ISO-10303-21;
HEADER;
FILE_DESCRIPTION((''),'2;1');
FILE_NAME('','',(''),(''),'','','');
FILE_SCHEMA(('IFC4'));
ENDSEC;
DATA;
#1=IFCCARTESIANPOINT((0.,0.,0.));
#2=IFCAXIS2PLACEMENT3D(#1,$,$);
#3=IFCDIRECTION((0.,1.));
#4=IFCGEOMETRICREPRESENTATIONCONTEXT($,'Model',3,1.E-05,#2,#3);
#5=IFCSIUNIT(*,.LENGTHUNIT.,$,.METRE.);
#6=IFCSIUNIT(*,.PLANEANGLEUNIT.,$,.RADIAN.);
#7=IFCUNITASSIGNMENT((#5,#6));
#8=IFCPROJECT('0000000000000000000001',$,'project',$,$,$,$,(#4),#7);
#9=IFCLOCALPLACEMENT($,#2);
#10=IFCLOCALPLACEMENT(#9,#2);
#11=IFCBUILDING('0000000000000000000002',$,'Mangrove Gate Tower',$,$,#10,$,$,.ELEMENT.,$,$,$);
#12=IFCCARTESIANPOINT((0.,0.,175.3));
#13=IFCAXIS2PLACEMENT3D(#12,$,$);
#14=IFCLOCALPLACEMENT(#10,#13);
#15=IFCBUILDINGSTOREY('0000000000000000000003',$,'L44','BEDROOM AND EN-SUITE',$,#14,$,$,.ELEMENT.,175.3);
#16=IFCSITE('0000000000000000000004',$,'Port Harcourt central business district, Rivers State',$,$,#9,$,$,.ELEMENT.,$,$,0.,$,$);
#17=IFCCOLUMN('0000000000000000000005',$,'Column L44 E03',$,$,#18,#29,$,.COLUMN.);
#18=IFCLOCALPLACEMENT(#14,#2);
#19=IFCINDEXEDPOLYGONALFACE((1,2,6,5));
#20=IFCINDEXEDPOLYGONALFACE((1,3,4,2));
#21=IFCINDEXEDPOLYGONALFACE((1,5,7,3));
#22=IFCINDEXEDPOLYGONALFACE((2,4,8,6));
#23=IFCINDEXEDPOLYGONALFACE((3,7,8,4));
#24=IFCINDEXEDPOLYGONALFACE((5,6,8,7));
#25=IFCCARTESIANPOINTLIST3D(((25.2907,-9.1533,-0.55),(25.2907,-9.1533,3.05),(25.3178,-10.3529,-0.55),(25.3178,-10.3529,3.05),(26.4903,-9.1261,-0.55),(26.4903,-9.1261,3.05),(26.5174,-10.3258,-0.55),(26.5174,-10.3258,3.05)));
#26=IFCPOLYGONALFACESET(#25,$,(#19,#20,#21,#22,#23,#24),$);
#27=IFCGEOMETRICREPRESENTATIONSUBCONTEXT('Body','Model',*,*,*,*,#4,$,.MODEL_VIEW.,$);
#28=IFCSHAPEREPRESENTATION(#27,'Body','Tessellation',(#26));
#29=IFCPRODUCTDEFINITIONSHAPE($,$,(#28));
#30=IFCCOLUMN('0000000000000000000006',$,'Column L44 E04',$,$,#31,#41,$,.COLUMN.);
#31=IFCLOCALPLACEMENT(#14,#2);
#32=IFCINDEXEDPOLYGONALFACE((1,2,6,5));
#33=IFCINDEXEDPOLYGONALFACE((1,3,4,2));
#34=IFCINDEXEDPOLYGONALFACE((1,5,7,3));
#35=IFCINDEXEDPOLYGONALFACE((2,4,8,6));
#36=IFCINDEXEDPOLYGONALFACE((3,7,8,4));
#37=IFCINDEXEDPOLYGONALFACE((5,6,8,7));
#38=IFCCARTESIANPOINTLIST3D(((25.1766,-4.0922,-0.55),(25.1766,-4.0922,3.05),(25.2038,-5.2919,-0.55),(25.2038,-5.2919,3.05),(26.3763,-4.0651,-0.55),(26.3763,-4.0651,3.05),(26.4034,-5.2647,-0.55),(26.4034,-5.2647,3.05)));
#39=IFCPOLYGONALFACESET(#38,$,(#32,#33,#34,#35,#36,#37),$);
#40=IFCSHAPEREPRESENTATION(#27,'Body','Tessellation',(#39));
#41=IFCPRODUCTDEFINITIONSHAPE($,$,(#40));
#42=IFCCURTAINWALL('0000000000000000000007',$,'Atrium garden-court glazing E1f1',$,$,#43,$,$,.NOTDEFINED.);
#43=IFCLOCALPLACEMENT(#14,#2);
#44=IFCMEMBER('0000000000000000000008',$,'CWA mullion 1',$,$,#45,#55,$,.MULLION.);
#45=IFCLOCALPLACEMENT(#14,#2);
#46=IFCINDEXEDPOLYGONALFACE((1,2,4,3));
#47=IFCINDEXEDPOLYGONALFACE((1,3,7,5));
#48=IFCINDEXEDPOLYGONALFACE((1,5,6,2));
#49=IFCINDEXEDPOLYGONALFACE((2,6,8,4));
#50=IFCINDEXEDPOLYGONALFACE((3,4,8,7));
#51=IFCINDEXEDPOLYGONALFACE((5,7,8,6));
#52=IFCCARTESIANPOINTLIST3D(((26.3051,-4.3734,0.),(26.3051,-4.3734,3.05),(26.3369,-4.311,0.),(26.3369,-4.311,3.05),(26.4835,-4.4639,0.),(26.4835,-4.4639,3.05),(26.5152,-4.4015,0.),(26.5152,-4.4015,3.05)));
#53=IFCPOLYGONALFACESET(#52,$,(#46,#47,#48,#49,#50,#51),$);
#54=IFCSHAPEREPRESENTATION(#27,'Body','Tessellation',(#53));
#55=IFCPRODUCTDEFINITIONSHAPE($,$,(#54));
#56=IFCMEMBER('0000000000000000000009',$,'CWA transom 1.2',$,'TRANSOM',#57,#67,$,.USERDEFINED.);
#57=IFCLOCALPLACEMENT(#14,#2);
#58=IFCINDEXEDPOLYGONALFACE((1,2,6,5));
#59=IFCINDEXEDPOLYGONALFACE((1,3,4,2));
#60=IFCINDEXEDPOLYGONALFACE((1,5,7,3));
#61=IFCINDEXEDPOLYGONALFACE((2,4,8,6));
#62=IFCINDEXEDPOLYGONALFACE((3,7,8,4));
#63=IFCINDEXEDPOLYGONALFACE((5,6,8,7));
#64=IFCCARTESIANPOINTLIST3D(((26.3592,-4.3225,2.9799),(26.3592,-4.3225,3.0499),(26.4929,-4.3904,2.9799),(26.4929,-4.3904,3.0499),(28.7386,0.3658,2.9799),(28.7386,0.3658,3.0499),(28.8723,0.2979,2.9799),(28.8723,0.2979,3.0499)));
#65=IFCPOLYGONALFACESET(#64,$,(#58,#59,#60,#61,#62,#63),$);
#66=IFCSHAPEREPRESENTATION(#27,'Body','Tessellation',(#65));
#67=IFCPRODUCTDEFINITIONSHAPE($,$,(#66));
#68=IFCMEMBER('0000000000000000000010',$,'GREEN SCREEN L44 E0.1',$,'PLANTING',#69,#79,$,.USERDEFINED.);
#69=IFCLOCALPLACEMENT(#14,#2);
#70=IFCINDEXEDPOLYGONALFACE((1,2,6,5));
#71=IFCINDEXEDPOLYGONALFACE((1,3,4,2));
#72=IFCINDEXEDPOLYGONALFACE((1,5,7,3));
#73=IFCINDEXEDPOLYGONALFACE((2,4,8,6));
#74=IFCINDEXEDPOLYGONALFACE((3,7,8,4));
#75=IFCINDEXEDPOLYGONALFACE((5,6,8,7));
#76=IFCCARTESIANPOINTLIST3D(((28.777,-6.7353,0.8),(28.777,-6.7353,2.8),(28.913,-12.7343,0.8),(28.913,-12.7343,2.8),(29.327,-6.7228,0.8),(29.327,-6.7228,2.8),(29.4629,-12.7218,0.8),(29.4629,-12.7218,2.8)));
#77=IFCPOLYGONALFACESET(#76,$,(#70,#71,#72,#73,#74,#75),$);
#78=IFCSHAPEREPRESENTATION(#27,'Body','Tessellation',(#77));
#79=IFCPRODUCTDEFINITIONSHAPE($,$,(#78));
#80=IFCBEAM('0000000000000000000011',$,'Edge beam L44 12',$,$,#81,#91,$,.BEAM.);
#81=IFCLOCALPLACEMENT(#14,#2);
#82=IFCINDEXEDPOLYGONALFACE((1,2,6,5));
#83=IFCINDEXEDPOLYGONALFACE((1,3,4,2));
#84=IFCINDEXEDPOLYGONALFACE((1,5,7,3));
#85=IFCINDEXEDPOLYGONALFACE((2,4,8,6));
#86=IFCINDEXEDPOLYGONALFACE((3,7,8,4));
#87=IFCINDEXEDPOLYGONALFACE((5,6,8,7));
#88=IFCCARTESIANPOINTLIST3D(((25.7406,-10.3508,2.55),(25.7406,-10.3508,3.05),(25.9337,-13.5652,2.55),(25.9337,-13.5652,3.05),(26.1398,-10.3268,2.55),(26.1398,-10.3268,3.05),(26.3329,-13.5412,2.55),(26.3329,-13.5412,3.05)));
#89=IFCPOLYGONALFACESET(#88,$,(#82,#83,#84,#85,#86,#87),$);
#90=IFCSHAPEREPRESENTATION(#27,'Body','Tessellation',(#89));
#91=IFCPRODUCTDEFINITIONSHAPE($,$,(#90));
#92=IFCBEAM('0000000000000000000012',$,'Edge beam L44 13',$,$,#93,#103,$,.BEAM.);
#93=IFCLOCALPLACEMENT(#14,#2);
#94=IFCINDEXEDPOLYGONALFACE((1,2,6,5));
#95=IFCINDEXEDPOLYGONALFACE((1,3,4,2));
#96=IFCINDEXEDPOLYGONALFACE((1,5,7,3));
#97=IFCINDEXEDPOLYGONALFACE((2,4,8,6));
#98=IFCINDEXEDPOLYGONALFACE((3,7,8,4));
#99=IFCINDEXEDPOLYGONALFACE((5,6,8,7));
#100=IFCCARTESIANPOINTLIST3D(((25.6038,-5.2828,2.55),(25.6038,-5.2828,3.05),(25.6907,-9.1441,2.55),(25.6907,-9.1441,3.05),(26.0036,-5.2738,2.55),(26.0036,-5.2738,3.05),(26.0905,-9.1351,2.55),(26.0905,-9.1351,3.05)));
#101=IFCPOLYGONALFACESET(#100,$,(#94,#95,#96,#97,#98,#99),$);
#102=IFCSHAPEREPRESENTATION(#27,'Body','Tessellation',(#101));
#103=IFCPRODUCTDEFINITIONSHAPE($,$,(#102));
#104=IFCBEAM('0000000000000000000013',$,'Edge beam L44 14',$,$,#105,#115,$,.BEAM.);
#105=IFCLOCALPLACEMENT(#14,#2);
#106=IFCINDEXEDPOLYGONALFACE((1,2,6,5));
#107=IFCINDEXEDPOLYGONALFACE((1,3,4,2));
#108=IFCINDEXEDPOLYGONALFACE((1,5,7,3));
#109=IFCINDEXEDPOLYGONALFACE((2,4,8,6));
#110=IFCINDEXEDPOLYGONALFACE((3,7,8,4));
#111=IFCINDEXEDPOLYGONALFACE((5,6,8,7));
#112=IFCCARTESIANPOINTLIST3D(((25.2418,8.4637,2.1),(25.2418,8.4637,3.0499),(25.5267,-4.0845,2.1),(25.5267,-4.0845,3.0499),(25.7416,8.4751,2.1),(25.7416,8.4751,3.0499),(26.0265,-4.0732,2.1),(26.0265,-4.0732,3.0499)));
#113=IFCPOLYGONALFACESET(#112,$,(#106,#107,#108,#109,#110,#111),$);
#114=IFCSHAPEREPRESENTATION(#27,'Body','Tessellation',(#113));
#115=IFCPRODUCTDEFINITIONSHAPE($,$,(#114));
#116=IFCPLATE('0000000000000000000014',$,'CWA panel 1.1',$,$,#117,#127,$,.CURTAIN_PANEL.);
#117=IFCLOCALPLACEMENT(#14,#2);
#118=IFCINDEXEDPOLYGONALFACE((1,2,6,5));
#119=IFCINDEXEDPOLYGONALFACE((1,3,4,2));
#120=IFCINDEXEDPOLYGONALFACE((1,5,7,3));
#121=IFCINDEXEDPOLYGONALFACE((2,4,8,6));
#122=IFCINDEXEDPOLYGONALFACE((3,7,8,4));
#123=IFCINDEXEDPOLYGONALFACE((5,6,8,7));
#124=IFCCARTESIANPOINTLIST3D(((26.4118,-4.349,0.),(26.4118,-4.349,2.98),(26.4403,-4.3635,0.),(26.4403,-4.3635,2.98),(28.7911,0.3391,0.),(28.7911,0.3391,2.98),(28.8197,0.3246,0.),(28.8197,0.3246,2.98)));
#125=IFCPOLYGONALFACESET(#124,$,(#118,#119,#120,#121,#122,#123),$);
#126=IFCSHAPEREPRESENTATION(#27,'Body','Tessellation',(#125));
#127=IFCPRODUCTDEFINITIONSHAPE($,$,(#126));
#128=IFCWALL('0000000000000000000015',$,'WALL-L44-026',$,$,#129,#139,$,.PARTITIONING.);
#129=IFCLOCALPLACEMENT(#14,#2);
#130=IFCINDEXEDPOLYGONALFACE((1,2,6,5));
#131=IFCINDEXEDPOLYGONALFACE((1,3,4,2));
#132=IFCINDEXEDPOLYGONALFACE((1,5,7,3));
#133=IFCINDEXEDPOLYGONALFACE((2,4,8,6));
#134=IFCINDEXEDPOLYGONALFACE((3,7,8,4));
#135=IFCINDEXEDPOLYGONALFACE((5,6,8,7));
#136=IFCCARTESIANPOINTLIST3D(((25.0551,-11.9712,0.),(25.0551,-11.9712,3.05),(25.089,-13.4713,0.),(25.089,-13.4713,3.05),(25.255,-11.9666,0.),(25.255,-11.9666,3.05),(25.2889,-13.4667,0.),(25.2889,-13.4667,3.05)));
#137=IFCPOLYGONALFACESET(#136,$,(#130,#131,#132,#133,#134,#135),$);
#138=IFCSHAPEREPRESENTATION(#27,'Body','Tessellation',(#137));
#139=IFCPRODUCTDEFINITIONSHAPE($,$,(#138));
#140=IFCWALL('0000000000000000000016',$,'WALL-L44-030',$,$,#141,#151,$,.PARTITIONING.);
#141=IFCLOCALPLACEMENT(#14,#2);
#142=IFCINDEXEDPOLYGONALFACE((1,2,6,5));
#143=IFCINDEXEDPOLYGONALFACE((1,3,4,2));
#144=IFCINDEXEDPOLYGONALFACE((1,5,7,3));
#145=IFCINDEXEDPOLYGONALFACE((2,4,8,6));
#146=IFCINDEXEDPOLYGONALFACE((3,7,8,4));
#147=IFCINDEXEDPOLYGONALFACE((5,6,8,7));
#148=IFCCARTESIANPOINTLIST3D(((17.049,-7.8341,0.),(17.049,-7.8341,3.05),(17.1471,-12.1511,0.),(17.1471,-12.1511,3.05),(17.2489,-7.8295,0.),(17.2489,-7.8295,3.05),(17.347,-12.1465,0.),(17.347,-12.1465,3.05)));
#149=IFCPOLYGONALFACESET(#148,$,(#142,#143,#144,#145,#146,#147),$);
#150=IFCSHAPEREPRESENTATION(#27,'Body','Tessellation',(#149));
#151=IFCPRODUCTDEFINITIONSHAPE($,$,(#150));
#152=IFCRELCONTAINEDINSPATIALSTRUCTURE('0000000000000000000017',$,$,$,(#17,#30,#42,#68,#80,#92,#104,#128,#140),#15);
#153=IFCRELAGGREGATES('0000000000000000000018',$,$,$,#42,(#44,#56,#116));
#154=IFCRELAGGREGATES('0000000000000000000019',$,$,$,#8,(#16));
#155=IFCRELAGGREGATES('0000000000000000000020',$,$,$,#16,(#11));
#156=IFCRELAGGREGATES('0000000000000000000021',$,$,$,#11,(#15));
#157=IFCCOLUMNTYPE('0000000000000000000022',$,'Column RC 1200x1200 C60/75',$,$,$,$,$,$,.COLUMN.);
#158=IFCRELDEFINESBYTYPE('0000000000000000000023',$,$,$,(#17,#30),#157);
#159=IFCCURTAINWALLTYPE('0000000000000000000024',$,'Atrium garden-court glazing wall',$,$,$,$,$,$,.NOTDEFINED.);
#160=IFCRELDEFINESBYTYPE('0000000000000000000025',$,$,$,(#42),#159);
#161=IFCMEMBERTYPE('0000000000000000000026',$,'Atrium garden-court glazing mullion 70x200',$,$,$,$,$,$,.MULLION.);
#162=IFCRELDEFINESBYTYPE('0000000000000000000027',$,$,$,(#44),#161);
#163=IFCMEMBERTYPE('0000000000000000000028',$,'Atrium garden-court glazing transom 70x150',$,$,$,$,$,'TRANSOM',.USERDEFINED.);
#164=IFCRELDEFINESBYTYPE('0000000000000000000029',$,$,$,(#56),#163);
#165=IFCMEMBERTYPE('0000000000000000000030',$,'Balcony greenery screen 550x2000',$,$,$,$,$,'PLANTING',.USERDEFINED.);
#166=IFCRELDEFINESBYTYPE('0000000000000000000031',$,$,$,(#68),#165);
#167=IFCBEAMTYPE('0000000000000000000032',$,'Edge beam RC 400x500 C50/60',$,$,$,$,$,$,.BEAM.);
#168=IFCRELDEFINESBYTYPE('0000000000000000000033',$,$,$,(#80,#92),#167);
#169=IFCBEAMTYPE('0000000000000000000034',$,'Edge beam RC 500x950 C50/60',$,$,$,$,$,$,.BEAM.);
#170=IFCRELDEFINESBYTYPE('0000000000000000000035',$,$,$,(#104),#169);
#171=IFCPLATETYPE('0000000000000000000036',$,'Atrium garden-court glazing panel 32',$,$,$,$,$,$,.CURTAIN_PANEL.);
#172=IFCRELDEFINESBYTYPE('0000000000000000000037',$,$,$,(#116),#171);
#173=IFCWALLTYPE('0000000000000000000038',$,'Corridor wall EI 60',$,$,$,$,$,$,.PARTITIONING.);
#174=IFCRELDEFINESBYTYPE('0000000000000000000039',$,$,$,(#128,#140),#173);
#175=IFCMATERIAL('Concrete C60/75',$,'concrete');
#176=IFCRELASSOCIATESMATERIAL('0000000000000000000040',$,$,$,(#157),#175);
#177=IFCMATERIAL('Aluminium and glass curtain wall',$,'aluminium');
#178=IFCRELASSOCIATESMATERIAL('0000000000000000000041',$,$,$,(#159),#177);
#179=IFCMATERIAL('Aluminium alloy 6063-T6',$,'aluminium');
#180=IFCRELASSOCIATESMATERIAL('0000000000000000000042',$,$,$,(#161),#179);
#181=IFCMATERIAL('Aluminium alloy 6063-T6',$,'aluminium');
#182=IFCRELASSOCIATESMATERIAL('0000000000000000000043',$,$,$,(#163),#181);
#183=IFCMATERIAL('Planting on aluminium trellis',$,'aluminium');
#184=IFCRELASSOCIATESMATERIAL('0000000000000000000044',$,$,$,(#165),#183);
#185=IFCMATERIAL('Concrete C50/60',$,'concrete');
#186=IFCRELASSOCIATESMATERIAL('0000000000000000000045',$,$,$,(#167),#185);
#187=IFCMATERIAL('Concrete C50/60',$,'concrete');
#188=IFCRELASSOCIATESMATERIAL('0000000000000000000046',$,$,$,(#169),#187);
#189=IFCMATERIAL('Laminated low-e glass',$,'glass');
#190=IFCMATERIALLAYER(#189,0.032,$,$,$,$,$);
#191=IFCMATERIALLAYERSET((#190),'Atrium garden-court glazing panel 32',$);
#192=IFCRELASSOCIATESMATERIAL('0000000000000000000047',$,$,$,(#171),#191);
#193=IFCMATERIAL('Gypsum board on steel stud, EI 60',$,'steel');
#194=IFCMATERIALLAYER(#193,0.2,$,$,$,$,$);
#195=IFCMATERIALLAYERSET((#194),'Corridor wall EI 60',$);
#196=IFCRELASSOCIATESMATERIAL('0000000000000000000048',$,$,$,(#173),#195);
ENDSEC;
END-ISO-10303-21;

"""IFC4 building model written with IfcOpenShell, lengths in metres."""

from ifc_helpers import new_model, si_unit, direction, frame, frame_2d, origin, origin_2d, place, context, subcontext, project, spatial, rectangle, extrude, material, layer, layer_set, material_profile, profile_set, type_object, element, aggregate, save


model = new_model("IFC4")

# Units and contexts
model_context = context("Model", 3, precision=1e-05, world=origin(), true_north=direction((0.0, 1.0)))
body_context = subcontext(model_context, "Body", "Model", "MODEL_VIEW")
ifc_project = project(units=[si_unit("LENGTHUNIT", "METRE"), si_unit("PLANEANGLEUNIT", "RADIAN")], contexts=[model_context])

# Site, building, storey
site_placement = place(None, origin())
site = spatial("IfcSite", under=ifc_project, at=site_placement, Name="Port Harcourt central business district, Rivers State", CompositionType="ELEMENT", RefElevation=0.0)
building_placement = place(site_placement, origin())
building = spatial("IfcBuilding", under=site, at=building_placement, Name="Mangrove Gate Tower", CompositionType="ELEMENT")
storey_placement = place(building_placement, frame((0.0, 0.0, 175.3)))
storey = spatial("IfcBuildingStorey", under=building, at=storey_placement, Name="L44", Description="BEDROOM AND EN-SUITE", CompositionType="ELEMENT", Elevation=175.3)

# Columns
ifc_material_1 = material(Name="Concrete C60/75", Category="concrete")
ifc_material_profile_1 = material_profile(ifc_material_1, rectangle(XDim=1.2, YDim=1.2, at=origin_2d()))
ifc_profile_set_1 = profile_set([ifc_material_profile_1], Name="Concrete C60/75")
column_type = type_object("IfcColumnType", Name="Column RC 1200x1200 C60/75", PredefinedType="COLUMN", material=ifc_profile_set_1)
for number, where, z_axis, x_axis, name in (
    (1, (25.9041, -9.7395, -0.55), (0.0, 0.0, 1.0), (-0.022618, 0.999744, 0.0), "Column L44 E03"),
    (2, (25.79, -4.6785, -0.55), (0.0, 0.0, 1.0), (-0.022643, 0.999744, 0.0), "Column L44 E04"),
):
    element("IfcColumn", number, at=place(storey_placement, frame(where, z_axis=z_axis, x_axis=x_axis)), inside=storey, type_object=column_type, Name=name, PredefinedType="COLUMN", context=body_context, shape_type="SweptSolid", body=[
        extrude(rectangle(XDim=1.2, YDim=1.2, at=origin_2d()), origin(), (0.0, 0.0, 1.0), 3.6001),
    ])

# Curtain wall, members
ifc_material_2 = material(Name="Aluminium and glass curtain wall", Category="aluminium")
curtain_wall_type = type_object("IfcCurtainWallType", Name="Atrium garden-court glazing wall", PredefinedType="NOTDEFINED", material=ifc_material_2)
curtain_wall_placement = place(storey_placement, origin())
curtain_wall = element("IfcCurtainWall", 3, at=curtain_wall_placement, inside=storey, type_object=curtain_wall_type, Name="Atrium garden-court glazing E1f1", PredefinedType="NOTDEFINED")
ifc_material_3 = material(Name="Aluminium alloy 6063-T6", Category="aluminium")
ifc_material_profile_2 = material_profile(ifc_material_3, rectangle(XDim=0.0701, YDim=0.2, at=origin_2d()))
ifc_profile_set_2 = profile_set([ifc_material_profile_2], Name="Aluminium alloy 6063-T6")
member_type_1 = type_object("IfcMemberType", Name="Atrium garden-court glazing mullion 70x200", PredefinedType="MULLION", material=ifc_profile_set_2)
member_1_placement = place(storey_placement, frame((26.4102, -4.3875, 0.0), z_axis=(0.0, 0.0, 1.0), x_axis=(0.452578, 0.891725, 0.0)))
member_1 = element("IfcMember", 4, at=member_1_placement, type_object=member_type_1, Name="CWA mullion 1", PredefinedType="MULLION", context=body_context, shape_type="SweptSolid", body=[
    extrude(rectangle(XDim=0.0701, YDim=0.2, at=origin_2d()), origin(), (0.0, 0.0, 1.0), 3.05),
])
ifc_material_4 = material(Name="Aluminium alloy 6063-T6", Category="aluminium")
ifc_material_profile_3 = material_profile(ifc_material_4, rectangle(XDim=0.0701, YDim=0.1499, at=origin_2d()))
ifc_profile_set_3 = profile_set([ifc_material_profile_3], Name="Aluminium alloy 6063-T6")
member_type_2 = type_object("IfcMemberType", Name="Atrium garden-court glazing transom 70x150", ElementType="TRANSOM", PredefinedType="USERDEFINED", material=ifc_profile_set_3)
member_2_placement = place(storey_placement, frame((26.426, -4.3564, 3.0149), z_axis=(0.452574, 0.891727, 0.0), x_axis=(0.0, 0.0, 1.0)))
member_2 = element("IfcMember", 5, at=member_2_placement, type_object=member_type_2, Name="CWA transom 1.2", ObjectType="TRANSOM", PredefinedType="USERDEFINED", context=body_context, shape_type="SweptSolid", body=[
    extrude(rectangle(XDim=0.0701, YDim=0.1499, at=origin_2d()), origin(), (0.0, 0.0, 1.0), 5.2576),
])

# Member
ifc_material_5 = material(Name="Planting on aluminium trellis", Category="aluminium")
ifc_material_profile_4 = material_profile(ifc_material_5, rectangle(XDim=0.55, YDim=2.0, at=origin_2d()))
ifc_profile_set_4 = profile_set([ifc_material_profile_4], Name="Planting on aluminium trellis")
member_type_3 = type_object("IfcMemberType", Name="Balcony greenery screen 550x2000", ElementType="PLANTING", PredefinedType="USERDEFINED", material=ifc_profile_set_4)
member_3_placement = place(storey_placement, frame((29.188, -12.728, 1.8), z_axis=(-0.022662, 0.999743, 0.0), x_axis=(-0.999743, -0.022662, 0.0)))
element("IfcMember", 6, at=member_3_placement, inside=storey, type_object=member_type_3, Name="GREEN SCREEN L44 E0.1", ObjectType="PLANTING", PredefinedType="USERDEFINED", context=body_context, shape_type="SweptSolid", body=[
    extrude(rectangle(XDim=0.55, YDim=2.0, at=origin_2d()), origin(), (0.0, 0.0, 1.0), 6.0005),
])

# Beams
ifc_material_6 = material(Name="Concrete C50/60", Category="concrete")
ifc_material_profile_5 = material_profile(ifc_material_6, rectangle(XDim=0.3999, YDim=0.5, at=origin_2d()))
ifc_profile_set_5 = profile_set([ifc_material_profile_5], Name="Concrete C50/60")
beam_type_1 = type_object("IfcBeamType", Name="Edge beam RC 400x500 C50/60", PredefinedType="BEAM", material=ifc_profile_set_5)
beam_1_placement = place(storey_placement, frame((26.1333, -13.5532, 2.8), z_axis=(-0.059971, 0.9982, 0.0), x_axis=(-0.9982, -0.059971, 0.0)))
element("IfcBeam", 7, at=beam_1_placement, inside=storey, type_object=beam_type_1, Name="Edge beam L44 12", PredefinedType="BEAM", context=body_context, shape_type="SweptSolid", body=[
    extrude(rectangle(XDim=0.3999, YDim=0.5, at=origin_2d()), origin(), (0.0, 0.0, 1.0), 3.2202),
])
beam_2_placement = place(storey_placement, frame((25.8906, -9.1396, 2.8), z_axis=(-0.022503, 0.999747, 0.0), x_axis=(-0.999747, -0.022503, 0.0)))
element("IfcBeam", 8, at=beam_2_placement, inside=storey, type_object=beam_type_1, Name="Edge beam L44 13", PredefinedType="BEAM", context=body_context, shape_type="SweptSolid", body=[
    extrude(rectangle(XDim=0.3999, YDim=0.5, at=origin_2d()), origin(), (0.0, 0.0, 1.0), 3.8623),
])
ifc_material_7 = material(Name="Concrete C50/60", Category="concrete")
ifc_material_profile_6 = material_profile(ifc_material_7, rectangle(XDim=0.5, YDim=0.95, at=origin_2d()))
ifc_profile_set_6 = profile_set([ifc_material_profile_6], Name="Concrete C50/60")
beam_type_2 = type_object("IfcBeamType", Name="Edge beam RC 500x950 C50/60", PredefinedType="BEAM", material=ifc_profile_set_6)
beam_3_placement = place(storey_placement, frame((25.7766, -4.0789, 2.575), z_axis=(-0.022699, 0.999742, 0.0), x_axis=(-0.999742, -0.022699, 0.0)))
element("IfcBeam", 9, at=beam_3_placement, inside=storey, type_object=beam_type_2, Name="Edge beam L44 14", PredefinedType="BEAM", context=body_context, shape_type="SweptSolid", body=[
    extrude(rectangle(XDim=0.5, YDim=0.95, at=origin_2d()), origin(), (0.0, 0.0, 1.0), 12.5515),
])

# Plate
ifc_material_8 = material(Name="Laminated low-e glass", Category="glass")
ifc_layer_1 = layer(ifc_material_8, 0.032)
ifc_layer_set_1 = layer_set([ifc_layer_1], Name="Atrium garden-court glazing panel 32")
plate_type = type_object("IfcPlateType", Name="Atrium garden-court glazing panel 32", PredefinedType="CURTAIN_PANEL", material=ifc_layer_set_1)
plate_placement = place(storey_placement, frame((27.6157, -2.0122, 0.0), z_axis=(0.0, 0.0, 1.0), x_axis=(0.452578, 0.891725, 0.0)))
plate = element("IfcPlate", 10, at=plate_placement, type_object=plate_type, Name="CWA panel 1.1", PredefinedType="CURTAIN_PANEL", context=body_context, shape_type="SweptSolid", body=[
    extrude(rectangle(XDim=5.2573, YDim=0.032, at=origin_2d()), origin(), (0.0, 0.0, 1.0), 2.98),
])
aggregate(curtain_wall, [member_1, member_2, plate])

# Walls
ifc_material_9 = material(Name="Gypsum board on steel stud, EI 60", Category="steel")
ifc_layer_2 = layer(ifc_material_9, 0.2)
ifc_layer_set_2 = layer_set([ifc_layer_2], Name="Corridor wall EI 60")
wall_type_1 = type_object("IfcWallType", Name="Corridor wall EI 60", PredefinedType="PARTITIONING", material=ifc_layer_set_2)
wall_1_placement = place(storey_placement, frame((25.189, -13.469, 0.0), z_axis=(0.0, 0.0, 1.0), x_axis=(-0.022618, 0.999744, 0.0)))
element("IfcWall", 11, at=wall_1_placement, inside=storey, type_object=wall_type_1, Name="WALL-L44-026", PredefinedType="PARTITIONING", context=body_context, shape_type="SweptSolid", body=[
    extrude(rectangle(XDim=1.5005, YDim=0.2, at=frame_2d((0.7502, 0.0))), origin(), (0.0, 0.0, 1.0), 3.05),
])
wall_2_placement = place(storey_placement, frame((17.2471, -12.1489, 0.0), z_axis=(0.0, 0.0, 1.0), x_axis=(-0.022729, 0.999742, 0.0)))
element("IfcWall", 12, at=wall_2_placement, inside=storey, type_object=wall_type_1, Name="WALL-L44-030", PredefinedType="PARTITIONING", context=body_context, shape_type="SweptSolid", body=[
    extrude(rectangle(XDim=4.3181, YDim=0.2, at=frame_2d((2.1592, 0.0))), origin(), (0.0, 0.0, 1.0), 3.05),
])

save(model, "model.ifc")
